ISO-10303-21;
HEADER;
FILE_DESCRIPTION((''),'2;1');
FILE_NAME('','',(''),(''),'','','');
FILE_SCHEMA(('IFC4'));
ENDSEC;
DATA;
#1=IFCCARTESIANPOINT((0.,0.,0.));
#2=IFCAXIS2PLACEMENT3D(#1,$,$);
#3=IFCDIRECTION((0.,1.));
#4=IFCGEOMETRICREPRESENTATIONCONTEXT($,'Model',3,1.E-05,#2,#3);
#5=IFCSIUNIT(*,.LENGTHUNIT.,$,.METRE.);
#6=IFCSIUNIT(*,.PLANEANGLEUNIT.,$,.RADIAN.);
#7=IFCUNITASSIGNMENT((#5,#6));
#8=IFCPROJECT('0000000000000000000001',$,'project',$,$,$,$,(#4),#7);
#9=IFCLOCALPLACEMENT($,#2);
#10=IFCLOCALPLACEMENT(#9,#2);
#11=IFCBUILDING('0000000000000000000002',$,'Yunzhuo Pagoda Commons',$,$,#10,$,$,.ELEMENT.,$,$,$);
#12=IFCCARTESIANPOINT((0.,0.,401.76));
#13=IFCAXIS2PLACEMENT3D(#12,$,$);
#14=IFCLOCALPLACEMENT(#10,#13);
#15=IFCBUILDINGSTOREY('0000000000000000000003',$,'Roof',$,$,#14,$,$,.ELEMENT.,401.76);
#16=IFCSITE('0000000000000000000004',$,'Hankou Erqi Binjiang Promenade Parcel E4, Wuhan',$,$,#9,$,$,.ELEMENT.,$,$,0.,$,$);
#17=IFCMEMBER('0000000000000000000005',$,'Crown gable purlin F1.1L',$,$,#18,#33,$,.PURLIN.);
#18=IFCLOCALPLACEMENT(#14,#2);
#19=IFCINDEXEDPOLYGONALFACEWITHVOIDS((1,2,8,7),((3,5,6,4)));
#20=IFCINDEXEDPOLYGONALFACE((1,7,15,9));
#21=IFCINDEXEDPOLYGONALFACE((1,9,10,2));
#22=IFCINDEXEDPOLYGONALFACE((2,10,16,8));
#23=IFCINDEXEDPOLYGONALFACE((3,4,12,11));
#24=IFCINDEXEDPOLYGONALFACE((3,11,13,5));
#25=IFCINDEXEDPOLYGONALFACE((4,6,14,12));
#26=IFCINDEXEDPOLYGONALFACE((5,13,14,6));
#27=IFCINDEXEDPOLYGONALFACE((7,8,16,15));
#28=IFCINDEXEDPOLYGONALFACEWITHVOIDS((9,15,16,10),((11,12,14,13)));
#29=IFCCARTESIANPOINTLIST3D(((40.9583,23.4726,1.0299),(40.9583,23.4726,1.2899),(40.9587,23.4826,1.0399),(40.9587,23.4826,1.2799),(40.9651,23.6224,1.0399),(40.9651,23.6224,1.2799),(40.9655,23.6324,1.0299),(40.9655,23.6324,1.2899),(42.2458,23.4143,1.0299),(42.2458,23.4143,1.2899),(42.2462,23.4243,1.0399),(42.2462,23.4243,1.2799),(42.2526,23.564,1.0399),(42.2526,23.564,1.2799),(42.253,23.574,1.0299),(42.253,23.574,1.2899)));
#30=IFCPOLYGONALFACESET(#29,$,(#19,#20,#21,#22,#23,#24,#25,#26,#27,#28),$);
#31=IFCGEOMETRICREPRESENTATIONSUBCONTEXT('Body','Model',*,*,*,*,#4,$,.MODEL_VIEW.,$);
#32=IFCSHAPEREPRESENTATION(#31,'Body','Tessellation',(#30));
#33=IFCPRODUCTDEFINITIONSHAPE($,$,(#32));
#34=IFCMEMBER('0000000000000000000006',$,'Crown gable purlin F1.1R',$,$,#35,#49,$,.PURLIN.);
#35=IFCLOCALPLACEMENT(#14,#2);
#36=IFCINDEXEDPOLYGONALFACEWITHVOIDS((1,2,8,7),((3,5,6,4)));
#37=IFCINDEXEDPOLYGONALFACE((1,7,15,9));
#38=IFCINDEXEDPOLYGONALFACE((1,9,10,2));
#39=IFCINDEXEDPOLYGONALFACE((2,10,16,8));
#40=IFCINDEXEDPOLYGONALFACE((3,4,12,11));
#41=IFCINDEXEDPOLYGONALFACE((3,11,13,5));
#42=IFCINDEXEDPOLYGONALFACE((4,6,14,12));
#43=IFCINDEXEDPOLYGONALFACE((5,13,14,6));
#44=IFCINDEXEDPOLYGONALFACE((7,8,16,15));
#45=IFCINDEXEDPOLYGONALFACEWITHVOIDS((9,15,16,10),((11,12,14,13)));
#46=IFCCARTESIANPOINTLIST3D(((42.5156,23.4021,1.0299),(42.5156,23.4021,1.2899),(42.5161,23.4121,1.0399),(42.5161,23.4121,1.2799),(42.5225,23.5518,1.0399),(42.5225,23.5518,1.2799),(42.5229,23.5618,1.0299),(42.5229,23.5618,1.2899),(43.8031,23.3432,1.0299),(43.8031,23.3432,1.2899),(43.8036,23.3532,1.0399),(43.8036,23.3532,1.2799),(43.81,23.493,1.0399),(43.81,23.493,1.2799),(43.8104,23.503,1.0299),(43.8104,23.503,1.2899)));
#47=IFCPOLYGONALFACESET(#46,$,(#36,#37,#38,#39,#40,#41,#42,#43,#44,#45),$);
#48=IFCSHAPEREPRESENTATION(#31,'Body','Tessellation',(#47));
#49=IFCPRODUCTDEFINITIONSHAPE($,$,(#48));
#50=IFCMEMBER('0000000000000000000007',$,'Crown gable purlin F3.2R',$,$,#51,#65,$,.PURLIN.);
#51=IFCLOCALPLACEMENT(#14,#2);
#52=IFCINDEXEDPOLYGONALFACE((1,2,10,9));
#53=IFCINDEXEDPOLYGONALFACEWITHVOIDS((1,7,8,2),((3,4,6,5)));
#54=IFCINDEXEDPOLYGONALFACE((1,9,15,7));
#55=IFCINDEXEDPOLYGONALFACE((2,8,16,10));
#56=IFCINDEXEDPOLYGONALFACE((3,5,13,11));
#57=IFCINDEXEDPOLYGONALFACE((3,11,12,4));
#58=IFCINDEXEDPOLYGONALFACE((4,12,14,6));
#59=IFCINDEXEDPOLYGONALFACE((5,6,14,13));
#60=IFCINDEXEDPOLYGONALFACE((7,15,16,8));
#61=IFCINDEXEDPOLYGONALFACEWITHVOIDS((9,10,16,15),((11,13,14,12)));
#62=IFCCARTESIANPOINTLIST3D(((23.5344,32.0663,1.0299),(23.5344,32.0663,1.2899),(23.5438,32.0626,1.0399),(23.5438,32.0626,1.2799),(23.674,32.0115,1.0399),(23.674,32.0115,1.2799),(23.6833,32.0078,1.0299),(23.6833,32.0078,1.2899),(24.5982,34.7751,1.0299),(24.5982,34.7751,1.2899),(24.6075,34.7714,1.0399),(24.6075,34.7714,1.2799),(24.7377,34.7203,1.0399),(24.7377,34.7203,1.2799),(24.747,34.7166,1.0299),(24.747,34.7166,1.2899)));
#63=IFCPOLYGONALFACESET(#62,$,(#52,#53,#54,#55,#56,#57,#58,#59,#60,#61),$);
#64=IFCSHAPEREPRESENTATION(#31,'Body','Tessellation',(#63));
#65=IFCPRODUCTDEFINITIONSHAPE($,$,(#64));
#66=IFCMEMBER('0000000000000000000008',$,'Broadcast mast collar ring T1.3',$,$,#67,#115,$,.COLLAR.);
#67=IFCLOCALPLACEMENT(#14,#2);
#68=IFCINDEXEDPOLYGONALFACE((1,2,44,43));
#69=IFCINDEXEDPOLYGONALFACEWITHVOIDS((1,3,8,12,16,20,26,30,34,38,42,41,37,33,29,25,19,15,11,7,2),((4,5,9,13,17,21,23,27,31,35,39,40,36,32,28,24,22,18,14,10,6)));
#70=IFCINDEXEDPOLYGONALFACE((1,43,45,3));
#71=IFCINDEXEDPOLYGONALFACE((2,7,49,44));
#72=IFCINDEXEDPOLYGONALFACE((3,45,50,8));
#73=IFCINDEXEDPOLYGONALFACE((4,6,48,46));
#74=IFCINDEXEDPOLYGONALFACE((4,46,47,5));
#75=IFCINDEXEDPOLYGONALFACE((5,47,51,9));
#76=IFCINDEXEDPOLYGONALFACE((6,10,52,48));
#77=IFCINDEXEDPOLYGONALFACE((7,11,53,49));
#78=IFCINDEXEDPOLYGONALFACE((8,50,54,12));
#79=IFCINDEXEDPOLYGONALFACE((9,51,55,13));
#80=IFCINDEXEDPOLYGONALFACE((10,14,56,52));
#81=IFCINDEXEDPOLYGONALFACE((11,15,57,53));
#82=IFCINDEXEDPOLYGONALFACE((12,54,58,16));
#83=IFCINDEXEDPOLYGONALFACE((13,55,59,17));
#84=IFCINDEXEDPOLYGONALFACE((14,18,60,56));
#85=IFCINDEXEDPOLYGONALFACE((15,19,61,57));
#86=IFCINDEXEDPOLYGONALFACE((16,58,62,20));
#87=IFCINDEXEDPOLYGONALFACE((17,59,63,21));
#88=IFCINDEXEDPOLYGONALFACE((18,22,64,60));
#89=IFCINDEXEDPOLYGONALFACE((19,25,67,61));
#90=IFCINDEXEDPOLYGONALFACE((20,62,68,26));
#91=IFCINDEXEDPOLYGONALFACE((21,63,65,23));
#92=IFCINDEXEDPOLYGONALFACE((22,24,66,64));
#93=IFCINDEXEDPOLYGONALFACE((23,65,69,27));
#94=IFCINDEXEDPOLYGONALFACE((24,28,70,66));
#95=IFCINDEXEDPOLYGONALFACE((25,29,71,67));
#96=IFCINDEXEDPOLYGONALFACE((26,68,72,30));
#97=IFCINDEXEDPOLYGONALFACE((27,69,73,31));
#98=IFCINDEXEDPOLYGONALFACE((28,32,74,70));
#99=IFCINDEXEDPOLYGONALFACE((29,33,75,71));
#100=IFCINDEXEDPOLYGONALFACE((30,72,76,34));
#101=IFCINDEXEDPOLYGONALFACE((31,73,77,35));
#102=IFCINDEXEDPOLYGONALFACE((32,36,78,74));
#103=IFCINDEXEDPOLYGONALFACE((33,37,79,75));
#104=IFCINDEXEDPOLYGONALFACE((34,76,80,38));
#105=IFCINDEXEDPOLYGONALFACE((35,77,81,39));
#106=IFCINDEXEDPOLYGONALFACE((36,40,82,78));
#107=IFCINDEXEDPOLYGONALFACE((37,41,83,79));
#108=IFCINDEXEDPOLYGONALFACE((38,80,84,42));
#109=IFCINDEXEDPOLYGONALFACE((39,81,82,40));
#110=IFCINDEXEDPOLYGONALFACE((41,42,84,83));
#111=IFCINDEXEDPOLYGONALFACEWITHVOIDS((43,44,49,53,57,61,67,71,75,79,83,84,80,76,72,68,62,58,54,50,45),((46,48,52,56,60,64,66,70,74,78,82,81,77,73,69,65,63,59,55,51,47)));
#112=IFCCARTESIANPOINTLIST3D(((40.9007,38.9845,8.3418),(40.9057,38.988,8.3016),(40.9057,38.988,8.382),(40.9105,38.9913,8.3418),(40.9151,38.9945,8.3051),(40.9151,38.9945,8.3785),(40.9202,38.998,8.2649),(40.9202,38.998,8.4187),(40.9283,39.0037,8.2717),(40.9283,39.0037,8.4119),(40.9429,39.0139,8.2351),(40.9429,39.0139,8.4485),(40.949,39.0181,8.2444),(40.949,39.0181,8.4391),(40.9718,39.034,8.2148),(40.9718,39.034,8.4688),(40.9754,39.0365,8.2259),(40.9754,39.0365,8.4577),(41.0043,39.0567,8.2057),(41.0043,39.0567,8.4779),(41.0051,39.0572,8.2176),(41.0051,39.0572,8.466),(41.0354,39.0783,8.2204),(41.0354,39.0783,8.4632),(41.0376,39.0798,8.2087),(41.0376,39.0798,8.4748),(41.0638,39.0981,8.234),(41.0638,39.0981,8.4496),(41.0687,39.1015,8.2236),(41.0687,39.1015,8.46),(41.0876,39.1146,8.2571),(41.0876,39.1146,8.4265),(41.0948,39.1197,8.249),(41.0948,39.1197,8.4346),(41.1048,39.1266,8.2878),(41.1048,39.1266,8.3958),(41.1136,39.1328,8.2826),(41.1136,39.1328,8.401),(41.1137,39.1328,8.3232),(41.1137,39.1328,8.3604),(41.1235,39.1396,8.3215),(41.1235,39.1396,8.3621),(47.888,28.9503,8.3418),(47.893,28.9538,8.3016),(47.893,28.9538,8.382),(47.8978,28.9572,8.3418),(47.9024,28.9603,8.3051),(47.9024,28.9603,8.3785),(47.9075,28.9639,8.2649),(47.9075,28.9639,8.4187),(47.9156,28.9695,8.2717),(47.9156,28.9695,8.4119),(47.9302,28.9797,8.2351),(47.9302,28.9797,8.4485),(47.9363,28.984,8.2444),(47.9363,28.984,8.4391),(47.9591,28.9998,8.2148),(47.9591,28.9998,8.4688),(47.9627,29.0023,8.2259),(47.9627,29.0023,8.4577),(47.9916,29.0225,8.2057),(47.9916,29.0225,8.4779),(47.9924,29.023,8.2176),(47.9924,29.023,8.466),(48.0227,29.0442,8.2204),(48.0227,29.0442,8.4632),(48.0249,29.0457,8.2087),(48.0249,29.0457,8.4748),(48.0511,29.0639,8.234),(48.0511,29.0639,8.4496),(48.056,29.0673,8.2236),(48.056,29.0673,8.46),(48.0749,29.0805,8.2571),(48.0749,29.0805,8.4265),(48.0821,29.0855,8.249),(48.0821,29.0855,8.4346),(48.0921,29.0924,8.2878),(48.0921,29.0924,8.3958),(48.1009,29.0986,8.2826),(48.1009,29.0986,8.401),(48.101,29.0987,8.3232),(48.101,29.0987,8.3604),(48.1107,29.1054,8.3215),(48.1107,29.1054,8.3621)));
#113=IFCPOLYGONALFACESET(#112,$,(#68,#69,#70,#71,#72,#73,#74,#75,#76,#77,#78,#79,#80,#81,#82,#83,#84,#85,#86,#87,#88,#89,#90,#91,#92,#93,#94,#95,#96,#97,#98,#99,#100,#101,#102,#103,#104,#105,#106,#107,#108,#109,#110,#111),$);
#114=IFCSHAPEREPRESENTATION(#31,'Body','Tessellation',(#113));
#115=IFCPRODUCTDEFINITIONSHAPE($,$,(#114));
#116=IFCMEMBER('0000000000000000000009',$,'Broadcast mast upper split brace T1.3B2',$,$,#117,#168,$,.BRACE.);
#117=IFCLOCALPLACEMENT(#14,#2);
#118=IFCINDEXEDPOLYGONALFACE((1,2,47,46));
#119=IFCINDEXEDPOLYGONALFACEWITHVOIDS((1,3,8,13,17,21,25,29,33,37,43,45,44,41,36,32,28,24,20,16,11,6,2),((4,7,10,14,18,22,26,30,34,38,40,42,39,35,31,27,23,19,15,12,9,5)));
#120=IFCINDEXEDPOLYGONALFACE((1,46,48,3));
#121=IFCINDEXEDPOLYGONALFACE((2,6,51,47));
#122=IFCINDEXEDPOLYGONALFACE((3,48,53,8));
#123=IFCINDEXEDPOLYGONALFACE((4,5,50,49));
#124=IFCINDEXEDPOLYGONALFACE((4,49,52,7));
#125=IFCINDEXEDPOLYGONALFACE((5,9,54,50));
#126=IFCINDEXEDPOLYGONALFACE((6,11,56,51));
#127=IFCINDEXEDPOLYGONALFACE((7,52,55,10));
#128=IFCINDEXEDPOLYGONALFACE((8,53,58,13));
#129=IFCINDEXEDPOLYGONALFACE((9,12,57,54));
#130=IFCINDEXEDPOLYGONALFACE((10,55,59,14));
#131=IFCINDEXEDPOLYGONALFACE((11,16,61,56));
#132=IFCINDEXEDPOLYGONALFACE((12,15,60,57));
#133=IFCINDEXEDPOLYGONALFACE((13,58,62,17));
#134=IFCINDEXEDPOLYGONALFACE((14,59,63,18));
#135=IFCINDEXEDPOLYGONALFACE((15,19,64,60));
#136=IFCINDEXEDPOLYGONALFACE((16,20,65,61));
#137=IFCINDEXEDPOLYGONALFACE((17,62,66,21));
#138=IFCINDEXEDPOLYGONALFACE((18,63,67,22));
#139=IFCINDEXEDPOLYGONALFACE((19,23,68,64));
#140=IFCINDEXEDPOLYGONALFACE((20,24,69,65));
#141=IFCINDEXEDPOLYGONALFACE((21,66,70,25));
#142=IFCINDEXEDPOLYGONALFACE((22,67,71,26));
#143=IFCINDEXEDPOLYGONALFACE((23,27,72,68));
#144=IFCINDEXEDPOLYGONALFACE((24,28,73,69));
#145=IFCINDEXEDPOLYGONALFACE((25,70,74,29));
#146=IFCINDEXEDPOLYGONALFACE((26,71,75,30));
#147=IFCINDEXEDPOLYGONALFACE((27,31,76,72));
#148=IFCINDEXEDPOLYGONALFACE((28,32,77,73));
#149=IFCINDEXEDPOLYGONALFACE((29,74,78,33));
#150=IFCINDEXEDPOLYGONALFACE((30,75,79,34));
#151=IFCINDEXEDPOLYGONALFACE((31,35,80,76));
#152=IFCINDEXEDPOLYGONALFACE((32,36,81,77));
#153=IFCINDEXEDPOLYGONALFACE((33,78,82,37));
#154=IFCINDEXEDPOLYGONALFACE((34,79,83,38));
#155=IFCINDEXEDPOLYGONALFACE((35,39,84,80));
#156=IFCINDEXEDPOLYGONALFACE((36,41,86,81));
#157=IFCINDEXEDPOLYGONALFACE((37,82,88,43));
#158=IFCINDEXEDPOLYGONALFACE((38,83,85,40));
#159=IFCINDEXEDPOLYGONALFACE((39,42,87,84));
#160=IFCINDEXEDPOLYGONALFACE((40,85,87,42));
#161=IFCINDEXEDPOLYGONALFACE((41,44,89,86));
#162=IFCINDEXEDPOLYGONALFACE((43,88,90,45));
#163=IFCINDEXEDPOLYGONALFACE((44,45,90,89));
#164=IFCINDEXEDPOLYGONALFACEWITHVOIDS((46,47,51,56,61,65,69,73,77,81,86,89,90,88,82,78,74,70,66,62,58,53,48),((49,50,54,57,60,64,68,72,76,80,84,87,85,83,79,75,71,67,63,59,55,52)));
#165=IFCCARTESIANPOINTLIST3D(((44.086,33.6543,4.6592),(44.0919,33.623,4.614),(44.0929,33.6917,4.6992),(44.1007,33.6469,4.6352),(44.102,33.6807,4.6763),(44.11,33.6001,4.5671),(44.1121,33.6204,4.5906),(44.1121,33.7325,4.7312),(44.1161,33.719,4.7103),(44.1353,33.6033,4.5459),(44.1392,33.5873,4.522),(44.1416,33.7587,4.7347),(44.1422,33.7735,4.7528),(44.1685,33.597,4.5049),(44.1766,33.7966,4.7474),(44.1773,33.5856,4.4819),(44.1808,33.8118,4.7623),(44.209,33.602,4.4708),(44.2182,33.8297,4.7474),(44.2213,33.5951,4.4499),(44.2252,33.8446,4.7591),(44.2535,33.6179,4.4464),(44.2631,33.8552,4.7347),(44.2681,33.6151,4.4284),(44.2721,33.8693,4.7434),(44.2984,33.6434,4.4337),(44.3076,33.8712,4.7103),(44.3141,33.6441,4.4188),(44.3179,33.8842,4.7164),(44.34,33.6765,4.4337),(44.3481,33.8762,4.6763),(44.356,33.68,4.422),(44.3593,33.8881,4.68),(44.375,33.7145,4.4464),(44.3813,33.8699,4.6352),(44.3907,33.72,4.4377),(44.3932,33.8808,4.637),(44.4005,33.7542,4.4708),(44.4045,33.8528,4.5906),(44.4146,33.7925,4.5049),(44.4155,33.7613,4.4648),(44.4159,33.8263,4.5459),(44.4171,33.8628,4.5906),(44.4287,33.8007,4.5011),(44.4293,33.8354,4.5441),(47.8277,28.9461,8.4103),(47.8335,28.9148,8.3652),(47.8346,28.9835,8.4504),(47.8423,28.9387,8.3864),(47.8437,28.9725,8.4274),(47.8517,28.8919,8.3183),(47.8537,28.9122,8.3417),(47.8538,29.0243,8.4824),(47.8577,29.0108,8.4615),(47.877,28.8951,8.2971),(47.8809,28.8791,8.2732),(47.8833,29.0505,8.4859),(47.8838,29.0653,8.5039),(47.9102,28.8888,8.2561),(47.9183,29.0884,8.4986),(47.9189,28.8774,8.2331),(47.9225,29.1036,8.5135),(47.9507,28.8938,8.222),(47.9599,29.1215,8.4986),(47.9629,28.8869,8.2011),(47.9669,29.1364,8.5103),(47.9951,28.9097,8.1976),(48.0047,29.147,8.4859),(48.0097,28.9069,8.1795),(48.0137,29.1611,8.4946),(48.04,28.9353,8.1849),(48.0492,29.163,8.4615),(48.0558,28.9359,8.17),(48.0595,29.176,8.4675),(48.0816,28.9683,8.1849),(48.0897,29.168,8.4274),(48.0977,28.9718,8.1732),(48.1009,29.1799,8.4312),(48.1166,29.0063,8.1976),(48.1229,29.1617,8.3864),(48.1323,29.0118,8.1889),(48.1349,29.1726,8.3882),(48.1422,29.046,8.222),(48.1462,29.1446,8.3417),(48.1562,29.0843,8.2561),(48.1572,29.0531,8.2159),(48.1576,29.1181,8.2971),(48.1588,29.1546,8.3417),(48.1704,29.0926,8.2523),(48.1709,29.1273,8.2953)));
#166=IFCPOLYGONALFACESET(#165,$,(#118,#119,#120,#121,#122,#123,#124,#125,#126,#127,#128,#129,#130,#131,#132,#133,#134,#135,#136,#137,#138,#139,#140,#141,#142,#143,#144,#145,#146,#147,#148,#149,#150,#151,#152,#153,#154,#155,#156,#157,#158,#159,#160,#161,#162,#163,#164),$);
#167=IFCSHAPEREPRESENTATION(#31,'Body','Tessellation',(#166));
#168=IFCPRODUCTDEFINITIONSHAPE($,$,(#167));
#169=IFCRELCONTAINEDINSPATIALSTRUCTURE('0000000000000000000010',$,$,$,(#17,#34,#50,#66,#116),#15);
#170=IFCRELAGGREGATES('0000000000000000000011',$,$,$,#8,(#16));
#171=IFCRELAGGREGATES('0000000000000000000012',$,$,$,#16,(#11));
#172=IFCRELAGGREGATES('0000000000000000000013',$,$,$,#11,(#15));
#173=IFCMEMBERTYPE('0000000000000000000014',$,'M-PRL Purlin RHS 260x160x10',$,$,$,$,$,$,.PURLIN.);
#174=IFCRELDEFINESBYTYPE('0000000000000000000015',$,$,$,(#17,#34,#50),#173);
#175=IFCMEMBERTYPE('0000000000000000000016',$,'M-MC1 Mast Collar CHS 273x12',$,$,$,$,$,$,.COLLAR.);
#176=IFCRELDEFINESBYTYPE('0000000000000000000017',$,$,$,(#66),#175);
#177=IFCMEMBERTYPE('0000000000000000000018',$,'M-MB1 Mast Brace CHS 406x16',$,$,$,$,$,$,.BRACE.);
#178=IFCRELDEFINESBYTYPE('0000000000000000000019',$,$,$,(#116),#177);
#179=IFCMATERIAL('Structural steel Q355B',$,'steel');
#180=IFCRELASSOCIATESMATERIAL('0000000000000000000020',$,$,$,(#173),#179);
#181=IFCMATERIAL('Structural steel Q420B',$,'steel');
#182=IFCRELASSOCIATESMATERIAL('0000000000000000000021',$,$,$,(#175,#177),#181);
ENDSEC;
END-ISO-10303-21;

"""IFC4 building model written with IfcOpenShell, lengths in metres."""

from ifc_helpers import new_model, si_unit, direction, frame, origin, origin_2d, place, context, subcontext, project, spatial, hollow_rectangle, hollow_circle, extrude, source, transform, mapped, material, material_profile, profile_set, type_object, element, save


model = new_model("IFC4")

# Units and contexts
model_context = context("Model", 3, precision=1e-05, world=origin(), true_north=direction((0.0, 1.0)))
body_context = subcontext(model_context, "Body", "Model", "MODEL_VIEW")
ifc_project = project(units=[si_unit("LENGTHUNIT", "METRE"), si_unit("PLANEANGLEUNIT", "RADIAN")], contexts=[model_context])

# Site, building, storey
site_placement = place(None, origin())
site = spatial("IfcSite", under=ifc_project, at=site_placement, Name="Hankou Erqi Binjiang Promenade Parcel E4, Wuhan", CompositionType="ELEMENT", RefElevation=0.0)
building_placement = place(site_placement, origin())
building = spatial("IfcBuilding", under=site, at=building_placement, Name="Yunzhuo Pagoda Commons", CompositionType="ELEMENT")
storey_placement = place(building_placement, frame((0.0, 0.0, 401.76)))
storey = spatial("IfcBuildingStorey", under=building, at=storey_placement, Name="Roof", CompositionType="ELEMENT", Elevation=401.76)

# Members
ifc_material_1 = material(Name="Structural steel Q355B", Category="steel")
ifc_material_profile_1 = material_profile(ifc_material_1, hollow_rectangle(XDim=0.1599, YDim=0.26, WallThickness=0.01, at=origin_2d()), Name="Structural steel Q355B")
ifc_profile_set_1 = profile_set([ifc_material_profile_1], Name="Structural steel Q355B")
member_type_1 = type_object("IfcMemberType", Name="M-PRL Purlin RHS 260x160x10", PredefinedType="PURLIN", material=ifc_profile_set_1)
shared_shape_1 = source(origin(), body_context, "Body", "SweptSolid", [
    extrude(hollow_rectangle(XDim=0.1599, YDim=0.26, WallThickness=0.01, at=origin_2d()), origin(), (0.0, 0.0, 1.0), 1.2888),
])
for number, where, z_axis, x_axis, name in (
    (1, (40.9619, 23.5525, 1.1599), (0.998975, -0.04527, 0.0), (0.04527, 0.998975, 0.0), "Crown gable purlin F1.1L"),
    (2, (42.5193, 23.4819, 1.1599), (0.998957, -0.045657, 0.0), (0.045657, 0.998957, 0.0), "Crown gable purlin F1.1R"),
):
    element("IfcMember", number, at=place(storey_placement, frame(where, z_axis=z_axis, x_axis=x_axis)), inside=storey, type_object=member_type_1, Name=name, PredefinedType="PURLIN", context=body_context, shape_type="MappedRepresentation", body=[
        mapped(shared_shape_1, transform((0.0, 0.0, 0.0), scale=1.0)),
    ])
shared_shape_2 = source(origin(), body_context, "Body", "SweptSolid", [
    extrude(hollow_rectangle(XDim=0.1599, YDim=0.26, WallThickness=0.01, at=origin_2d()), origin(), (0.0, 0.0, 1.0), 2.9102),
])
member_1_placement = place(storey_placement, frame((24.6726, 34.7458, 1.1599), z_axis=(-0.365525, -0.930801, 0.0), x_axis=(0.930801, -0.365525, 0.0)))
element("IfcMember", 3, at=member_1_placement, inside=storey, type_object=member_type_1, Name="Crown gable purlin F3.2R", PredefinedType="PURLIN", context=body_context, shape_type="MappedRepresentation", body=[
    mapped(shared_shape_2, transform((0.0, 0.0, 0.0), scale=1.0)),
])
ifc_material_2 = material(Name="Structural steel Q420B", Category="steel")
ifc_material_profile_2 = material_profile(ifc_material_2, hollow_circle(Radius=0.1365, WallThickness=0.012, at=origin_2d()), Name="Structural steel Q420B")
ifc_profile_set_2 = profile_set([ifc_material_profile_2], Name="Structural steel Q420B")
member_type_2 = type_object("IfcMemberType", Name="M-MC1 Mast Collar CHS 273x12", PredefinedType="COLLAR", material=ifc_profile_set_2)
shared_shape_3 = source(origin(), body_context, "Body", "SweptSolid", [
    extrude(hollow_circle(Radius=0.1365, WallThickness=0.012, at=origin_2d()), origin(), (0.0, 0.0, 1.0), 12.2273),
])
member_2_placement = place(storey_placement, frame((48.0, 29.0283, 8.3418), z_axis=(-0.571451, 0.820637, 0.0), x_axis=(-0.820637, -0.571451, 0.0)))
element("IfcMember", 4, at=member_2_placement, inside=storey, type_object=member_type_2, Name="Broadcast mast collar ring T1.3", PredefinedType="COLLAR", context=body_context, shape_type="MappedRepresentation", body=[
    mapped(shared_shape_3, transform((0.0, 0.0, 0.0), scale=1.0)),
])
ifc_material_profile_3 = material_profile(ifc_material_2, hollow_circle(Radius=0.2029, WallThickness=0.0161, at=origin_2d()), Name="Structural steel Q420B")
ifc_profile_set_3 = profile_set([ifc_material_profile_3], Name="Structural steel Q420B")
member_type_3 = type_object("IfcMemberType", Name="M-MB1 Mast Brace CHS 406x16", PredefinedType="BRACE", material=ifc_profile_set_3)
shared_shape_4 = source(origin(), body_context, "Body", "SweptSolid", [
    extrude(hollow_circle(Radius=0.2029, WallThickness=0.0161, at=origin_2d()), origin(), (0.0, 0.0, 1.0), 7.0879),
])
member_3_placement = place(storey_placement, frame((44.2583, 33.7366, 4.5906), z_axis=(0.527893, -0.664258, 0.529236), x_axis=(0.782885, 0.622167, 0.0)))
element("IfcMember", 5, at=member_3_placement, inside=storey, type_object=member_type_3, Name="Broadcast mast upper split brace T1.3B2", PredefinedType="BRACE", context=body_context, shape_type="MappedRepresentation", body=[
    mapped(shared_shape_4, transform((0.0, 0.0, 0.0), scale=1.0)),
])

save(model, "model.ifc")
